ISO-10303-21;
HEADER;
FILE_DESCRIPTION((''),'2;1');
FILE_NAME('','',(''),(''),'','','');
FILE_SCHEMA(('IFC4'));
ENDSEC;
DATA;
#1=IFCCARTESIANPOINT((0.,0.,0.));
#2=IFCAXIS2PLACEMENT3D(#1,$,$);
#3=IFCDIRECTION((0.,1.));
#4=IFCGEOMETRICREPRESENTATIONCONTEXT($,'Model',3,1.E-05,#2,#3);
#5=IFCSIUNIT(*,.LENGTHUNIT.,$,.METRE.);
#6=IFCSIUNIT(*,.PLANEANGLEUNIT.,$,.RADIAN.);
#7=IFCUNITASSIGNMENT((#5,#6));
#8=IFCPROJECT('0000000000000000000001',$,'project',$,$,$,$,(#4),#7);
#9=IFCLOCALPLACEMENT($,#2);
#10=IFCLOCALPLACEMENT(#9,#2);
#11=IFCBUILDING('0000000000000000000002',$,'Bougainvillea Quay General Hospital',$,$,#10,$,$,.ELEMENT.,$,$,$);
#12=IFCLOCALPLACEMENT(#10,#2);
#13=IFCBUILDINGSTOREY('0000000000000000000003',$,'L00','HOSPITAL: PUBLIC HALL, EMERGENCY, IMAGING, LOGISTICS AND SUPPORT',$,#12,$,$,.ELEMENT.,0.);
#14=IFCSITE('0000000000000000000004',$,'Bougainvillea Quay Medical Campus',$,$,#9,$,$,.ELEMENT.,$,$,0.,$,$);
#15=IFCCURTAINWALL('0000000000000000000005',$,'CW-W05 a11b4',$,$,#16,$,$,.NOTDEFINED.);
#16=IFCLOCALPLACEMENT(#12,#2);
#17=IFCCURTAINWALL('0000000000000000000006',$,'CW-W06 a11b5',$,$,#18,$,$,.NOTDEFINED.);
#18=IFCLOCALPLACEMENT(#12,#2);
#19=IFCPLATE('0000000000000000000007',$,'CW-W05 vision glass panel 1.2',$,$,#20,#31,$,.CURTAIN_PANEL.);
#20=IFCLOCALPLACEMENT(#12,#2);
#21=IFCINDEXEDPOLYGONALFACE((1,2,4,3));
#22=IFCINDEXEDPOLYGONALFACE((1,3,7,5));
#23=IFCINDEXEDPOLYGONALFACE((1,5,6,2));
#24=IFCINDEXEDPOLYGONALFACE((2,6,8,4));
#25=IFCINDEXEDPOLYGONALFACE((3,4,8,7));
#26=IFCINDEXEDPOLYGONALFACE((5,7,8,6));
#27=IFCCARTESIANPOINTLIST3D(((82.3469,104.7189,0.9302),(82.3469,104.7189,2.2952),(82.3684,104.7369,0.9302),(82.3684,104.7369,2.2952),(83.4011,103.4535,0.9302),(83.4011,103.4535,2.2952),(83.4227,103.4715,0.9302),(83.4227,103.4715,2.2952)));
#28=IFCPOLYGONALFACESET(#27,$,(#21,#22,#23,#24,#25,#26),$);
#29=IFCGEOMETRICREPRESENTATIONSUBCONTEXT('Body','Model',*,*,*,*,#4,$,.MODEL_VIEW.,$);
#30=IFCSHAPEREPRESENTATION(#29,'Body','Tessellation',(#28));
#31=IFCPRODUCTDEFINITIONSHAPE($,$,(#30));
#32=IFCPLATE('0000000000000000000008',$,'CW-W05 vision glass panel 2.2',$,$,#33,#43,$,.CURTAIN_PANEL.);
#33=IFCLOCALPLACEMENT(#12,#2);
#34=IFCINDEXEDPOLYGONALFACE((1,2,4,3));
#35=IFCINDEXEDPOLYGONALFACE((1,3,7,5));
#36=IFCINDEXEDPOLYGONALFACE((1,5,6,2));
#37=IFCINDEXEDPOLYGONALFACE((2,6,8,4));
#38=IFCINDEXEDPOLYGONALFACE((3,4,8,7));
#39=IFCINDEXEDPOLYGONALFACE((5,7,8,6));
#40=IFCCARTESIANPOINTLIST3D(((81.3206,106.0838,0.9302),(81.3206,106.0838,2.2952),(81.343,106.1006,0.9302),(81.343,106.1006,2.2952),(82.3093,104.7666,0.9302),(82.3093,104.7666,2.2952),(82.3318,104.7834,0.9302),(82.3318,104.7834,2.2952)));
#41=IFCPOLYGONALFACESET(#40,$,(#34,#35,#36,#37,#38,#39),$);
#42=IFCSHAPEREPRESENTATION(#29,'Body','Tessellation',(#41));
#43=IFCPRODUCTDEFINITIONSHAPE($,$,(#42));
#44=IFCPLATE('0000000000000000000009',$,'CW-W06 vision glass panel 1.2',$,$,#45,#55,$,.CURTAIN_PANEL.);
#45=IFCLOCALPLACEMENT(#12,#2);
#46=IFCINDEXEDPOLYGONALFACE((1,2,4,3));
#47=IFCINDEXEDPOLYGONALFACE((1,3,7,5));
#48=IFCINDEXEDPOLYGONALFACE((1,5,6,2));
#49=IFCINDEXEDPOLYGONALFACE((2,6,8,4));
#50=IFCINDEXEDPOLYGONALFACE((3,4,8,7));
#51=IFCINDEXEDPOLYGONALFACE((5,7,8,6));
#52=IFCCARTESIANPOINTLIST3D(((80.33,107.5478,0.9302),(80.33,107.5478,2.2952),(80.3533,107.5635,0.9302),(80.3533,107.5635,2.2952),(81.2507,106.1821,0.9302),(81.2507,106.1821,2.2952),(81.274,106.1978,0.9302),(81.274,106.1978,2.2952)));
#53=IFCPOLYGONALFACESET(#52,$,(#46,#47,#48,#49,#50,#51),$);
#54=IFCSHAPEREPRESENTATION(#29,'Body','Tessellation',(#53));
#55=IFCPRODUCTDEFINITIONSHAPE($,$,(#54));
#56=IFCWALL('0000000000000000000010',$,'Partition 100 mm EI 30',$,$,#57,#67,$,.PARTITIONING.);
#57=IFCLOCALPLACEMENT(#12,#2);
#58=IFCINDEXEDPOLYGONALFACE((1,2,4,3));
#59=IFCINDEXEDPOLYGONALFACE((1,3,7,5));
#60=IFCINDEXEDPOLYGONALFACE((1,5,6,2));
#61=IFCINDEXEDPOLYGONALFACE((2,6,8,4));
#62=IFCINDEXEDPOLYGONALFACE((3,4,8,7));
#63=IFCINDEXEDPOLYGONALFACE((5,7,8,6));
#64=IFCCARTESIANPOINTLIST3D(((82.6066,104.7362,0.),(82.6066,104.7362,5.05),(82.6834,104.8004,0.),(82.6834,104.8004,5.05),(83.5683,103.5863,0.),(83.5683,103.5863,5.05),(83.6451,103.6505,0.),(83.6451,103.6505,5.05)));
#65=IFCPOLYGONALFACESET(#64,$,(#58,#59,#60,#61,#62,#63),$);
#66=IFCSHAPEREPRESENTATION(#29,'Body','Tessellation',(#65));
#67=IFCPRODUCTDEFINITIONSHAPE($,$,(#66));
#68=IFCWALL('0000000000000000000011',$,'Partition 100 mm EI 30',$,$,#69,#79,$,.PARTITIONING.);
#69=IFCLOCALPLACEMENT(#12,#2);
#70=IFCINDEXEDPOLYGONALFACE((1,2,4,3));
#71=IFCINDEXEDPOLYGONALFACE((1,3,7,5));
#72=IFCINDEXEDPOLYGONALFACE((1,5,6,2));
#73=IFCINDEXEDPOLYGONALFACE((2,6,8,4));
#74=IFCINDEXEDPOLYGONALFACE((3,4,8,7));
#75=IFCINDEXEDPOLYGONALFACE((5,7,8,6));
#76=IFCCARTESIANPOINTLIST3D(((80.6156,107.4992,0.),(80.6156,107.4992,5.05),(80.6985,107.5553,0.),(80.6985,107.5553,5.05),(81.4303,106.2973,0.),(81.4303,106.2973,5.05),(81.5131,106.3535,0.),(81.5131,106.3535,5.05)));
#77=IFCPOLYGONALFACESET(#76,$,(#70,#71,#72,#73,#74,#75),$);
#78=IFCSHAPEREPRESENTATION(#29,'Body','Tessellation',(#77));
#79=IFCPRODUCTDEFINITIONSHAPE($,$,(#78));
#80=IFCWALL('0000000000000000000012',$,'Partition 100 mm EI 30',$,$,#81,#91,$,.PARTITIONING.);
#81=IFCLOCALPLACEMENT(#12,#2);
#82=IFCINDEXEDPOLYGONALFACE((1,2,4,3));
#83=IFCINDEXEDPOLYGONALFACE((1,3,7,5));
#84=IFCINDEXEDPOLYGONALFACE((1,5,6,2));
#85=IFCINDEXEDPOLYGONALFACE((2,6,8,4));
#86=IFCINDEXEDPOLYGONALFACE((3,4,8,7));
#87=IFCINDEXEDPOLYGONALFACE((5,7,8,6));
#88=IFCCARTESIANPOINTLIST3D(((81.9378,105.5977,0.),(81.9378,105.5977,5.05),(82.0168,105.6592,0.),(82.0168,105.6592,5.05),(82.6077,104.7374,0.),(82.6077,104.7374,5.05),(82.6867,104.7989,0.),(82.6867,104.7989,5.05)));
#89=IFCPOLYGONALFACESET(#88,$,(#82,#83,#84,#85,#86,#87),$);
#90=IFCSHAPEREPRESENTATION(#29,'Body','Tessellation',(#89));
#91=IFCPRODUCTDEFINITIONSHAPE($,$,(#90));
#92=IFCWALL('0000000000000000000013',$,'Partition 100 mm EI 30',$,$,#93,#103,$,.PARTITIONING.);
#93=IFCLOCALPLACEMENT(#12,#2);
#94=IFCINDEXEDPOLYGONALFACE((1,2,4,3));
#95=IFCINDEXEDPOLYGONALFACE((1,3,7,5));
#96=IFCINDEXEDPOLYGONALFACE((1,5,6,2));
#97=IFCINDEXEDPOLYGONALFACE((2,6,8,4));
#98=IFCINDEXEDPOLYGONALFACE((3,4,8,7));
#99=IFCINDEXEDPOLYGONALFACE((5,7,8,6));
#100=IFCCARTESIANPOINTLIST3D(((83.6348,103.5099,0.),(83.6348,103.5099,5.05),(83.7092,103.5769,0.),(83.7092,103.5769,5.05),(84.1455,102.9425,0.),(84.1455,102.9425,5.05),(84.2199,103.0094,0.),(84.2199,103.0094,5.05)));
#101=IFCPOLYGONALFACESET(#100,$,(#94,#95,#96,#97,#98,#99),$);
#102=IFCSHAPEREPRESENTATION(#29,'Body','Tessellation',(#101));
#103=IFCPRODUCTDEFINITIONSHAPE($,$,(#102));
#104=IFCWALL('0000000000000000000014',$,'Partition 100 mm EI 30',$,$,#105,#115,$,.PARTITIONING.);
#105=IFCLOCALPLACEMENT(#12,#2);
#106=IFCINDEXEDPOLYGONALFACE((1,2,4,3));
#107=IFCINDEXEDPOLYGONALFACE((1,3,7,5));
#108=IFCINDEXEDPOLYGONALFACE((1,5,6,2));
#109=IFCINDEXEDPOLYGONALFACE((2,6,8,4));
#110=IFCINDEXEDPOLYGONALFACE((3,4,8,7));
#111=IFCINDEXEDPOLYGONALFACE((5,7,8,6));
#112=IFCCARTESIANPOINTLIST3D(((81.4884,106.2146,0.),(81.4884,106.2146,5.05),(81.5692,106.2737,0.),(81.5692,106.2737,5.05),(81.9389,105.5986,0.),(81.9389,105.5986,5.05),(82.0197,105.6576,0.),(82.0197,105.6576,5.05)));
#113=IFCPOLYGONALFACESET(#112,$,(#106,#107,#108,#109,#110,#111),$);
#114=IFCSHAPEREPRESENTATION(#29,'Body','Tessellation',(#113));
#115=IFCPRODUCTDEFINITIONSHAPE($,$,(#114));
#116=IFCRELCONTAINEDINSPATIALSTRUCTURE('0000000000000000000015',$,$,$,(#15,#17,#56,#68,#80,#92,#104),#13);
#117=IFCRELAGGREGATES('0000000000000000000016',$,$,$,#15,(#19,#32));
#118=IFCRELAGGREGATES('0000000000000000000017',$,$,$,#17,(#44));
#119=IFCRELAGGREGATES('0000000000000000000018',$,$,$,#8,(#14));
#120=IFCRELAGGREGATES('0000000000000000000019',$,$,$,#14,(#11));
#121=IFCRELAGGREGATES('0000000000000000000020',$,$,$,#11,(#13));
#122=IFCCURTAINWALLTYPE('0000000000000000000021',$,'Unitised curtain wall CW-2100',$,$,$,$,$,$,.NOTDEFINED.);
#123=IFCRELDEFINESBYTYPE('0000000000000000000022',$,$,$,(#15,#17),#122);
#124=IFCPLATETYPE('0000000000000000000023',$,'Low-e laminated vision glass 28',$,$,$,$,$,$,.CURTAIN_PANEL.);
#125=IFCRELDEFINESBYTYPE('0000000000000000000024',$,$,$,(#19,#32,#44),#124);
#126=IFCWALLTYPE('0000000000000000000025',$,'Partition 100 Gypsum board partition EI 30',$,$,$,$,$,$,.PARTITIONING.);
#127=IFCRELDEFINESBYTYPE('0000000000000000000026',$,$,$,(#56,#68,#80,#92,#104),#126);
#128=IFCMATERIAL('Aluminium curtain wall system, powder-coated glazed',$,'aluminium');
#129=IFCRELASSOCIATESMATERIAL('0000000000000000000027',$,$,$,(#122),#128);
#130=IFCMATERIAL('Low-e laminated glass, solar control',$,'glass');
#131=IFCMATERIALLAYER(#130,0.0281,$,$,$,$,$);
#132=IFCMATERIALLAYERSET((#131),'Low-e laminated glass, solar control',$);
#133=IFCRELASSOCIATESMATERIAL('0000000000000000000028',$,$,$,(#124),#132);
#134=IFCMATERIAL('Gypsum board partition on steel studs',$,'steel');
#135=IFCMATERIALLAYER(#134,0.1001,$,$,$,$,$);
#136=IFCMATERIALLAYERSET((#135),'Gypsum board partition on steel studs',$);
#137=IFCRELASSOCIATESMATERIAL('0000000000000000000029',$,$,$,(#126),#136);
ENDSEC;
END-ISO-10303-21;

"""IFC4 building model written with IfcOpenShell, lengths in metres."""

from ifc_helpers import new_model, si_unit, direction, frame, frame_2d, origin, origin_2d, place, context, subcontext, project, spatial, rectangle, extrude, material, layer, layer_set, type_object, element, aggregate, save


model = new_model("IFC4")

# Units and contexts
model_context = context("Model", 3, precision=1e-05, world=origin(), true_north=direction((0.0, 1.0)))
body_context = subcontext(model_context, "Body", "Model", "MODEL_VIEW")
ifc_project = project(units=[si_unit("LENGTHUNIT", "METRE"), si_unit("PLANEANGLEUNIT", "RADIAN")], contexts=[model_context])

# Site, building, storey
site_placement = place(None, origin())
site = spatial("IfcSite", under=ifc_project, at=site_placement, Name="Bougainvillea Quay Medical Campus", CompositionType="ELEMENT", RefElevation=0.0)
building_placement = place(site_placement, origin())
building = spatial("IfcBuilding", under=site, at=building_placement, Name="Bougainvillea Quay General Hospital", CompositionType="ELEMENT")
storey_placement = place(building_placement, origin())
storey = spatial("IfcBuildingStorey", under=building, at=storey_placement, Name="L00", Description="HOSPITAL: PUBLIC HALL, EMERGENCY, IMAGING, LOGISTICS AND SUPPORT", CompositionType="ELEMENT", Elevation=0.0)

# Curtain walls
ifc_material_1 = material(Name="Aluminium curtain wall system, powder-coated glazed", Category="aluminium")
curtain_wall_type = type_object("IfcCurtainWallType", Name="Unitised curtain wall CW-2100", PredefinedType="NOTDEFINED", material=ifc_material_1)
curtain_wall_1_placement = place(storey_placement, origin())
curtain_wall_1 = element("IfcCurtainWall", 1, at=curtain_wall_1_placement, inside=storey, type_object=curtain_wall_type, Name="CW-W05 a11b4", PredefinedType="NOTDEFINED")
curtain_wall_2_placement = place(storey_placement, origin())
curtain_wall_2 = element("IfcCurtainWall", 2, at=curtain_wall_2_placement, inside=storey, type_object=curtain_wall_type, Name="CW-W06 a11b5", PredefinedType="NOTDEFINED")

# Plates
ifc_material_2 = material(Name="Low-e laminated glass, solar control", Category="glass")
ifc_layer_1 = layer(ifc_material_2, 0.0281)
ifc_layer_set_1 = layer_set([ifc_layer_1], Name="Low-e laminated glass, solar control")
plate_type_1 = type_object("IfcPlateType", Name="Low-e laminated vision glass 28", PredefinedType="CURTAIN_PANEL", material=ifc_layer_set_1)
plate_1_placement = place(storey_placement, frame((82.8848, 104.0952, 0.9302), z_axis=(0.0, 0.0, 1.0), x_axis=(-0.640096, 0.768295, 0.0)))
plate_1 = element("IfcPlate", 3, at=plate_1_placement, type_object=plate_type_1, Name="CW-W05 vision glass panel 1.2", PredefinedType="CURTAIN_PANEL", context=body_context, shape_type="SweptSolid", body=[
    extrude(rectangle(XDim=1.647, YDim=0.0281, at=origin_2d()), origin(), (0.0, 0.0, 1.0), 1.365),
])
plate_2_placement = place(storey_placement, frame((81.8262, 105.4336, 0.9302), z_axis=(0.0, 0.0, 1.0), x_axis=(-0.600323, 0.799758, 0.0)))
plate_2 = element("IfcPlate", 4, at=plate_2_placement, type_object=plate_type_1, Name="CW-W05 vision glass panel 2.2", PredefinedType="CURTAIN_PANEL", context=body_context, shape_type="SweptSolid", body=[
    extrude(rectangle(XDim=1.647, YDim=0.0281, at=origin_2d()), origin(), (0.0, 0.0, 1.0), 1.365),
])
aggregate(curtain_wall_1, [plate_1, plate_2])
plate_3_placement = place(storey_placement, frame((80.802, 106.8728, 0.9302), z_axis=(0.0, 0.0, 1.0), x_axis=(-0.559005, 0.829164, 0.0)))
plate_3 = element("IfcPlate", 5, at=plate_3_placement, type_object=plate_type_1, Name="CW-W06 vision glass panel 1.2", PredefinedType="CURTAIN_PANEL", context=body_context, shape_type="SweptSolid", body=[
    extrude(rectangle(XDim=1.647, YDim=0.0281, at=origin_2d()), origin(), (0.0, 0.0, 1.0), 1.365),
])
aggregate(curtain_wall_2, [plate_3])

# Walls
ifc_material_3 = material(Name="Gypsum board partition on steel studs", Category="steel")
ifc_layer_2 = layer(ifc_material_3, 0.1001)
ifc_layer_set_2 = layer_set([ifc_layer_2], Name="Gypsum board partition on steel studs")
wall_type = type_object("IfcWallType", Name="Partition 100 Gypsum board partition EI 30", PredefinedType="PARTITIONING", material=ifc_layer_set_2)
wall_1_placement = place(storey_placement, frame((82.645, 104.7683, 0.0), z_axis=(0.0, 0.0, 1.0), x_axis=(0.641529, -0.767099, 0.0)))
element("IfcWall", 6, at=wall_1_placement, inside=storey, type_object=wall_type, Name="Partition 100 mm EI 30", PredefinedType="PARTITIONING", context=body_context, shape_type="SweptSolid", body=[
    extrude(rectangle(XDim=1.499, YDim=0.1001, at=frame_2d((0.7495, 0.0))), origin(), (0.0, 0.0, 1.0), 5.05),
])
wall_2_placement = place(storey_placement, frame((80.657, 107.5273, 0.0), z_axis=(0.0, 0.0, 1.0), x_axis=(0.561086, -0.827757, 0.0)))
element("IfcWall", 7, at=wall_2_placement, inside=storey, type_object=wall_type, Name="Partition 100 mm EI 30", PredefinedType="PARTITIONING", context=body_context, shape_type="SweptSolid", body=[
    extrude(rectangle(XDim=1.4519, YDim=0.1001, at=frame_2d((0.7261, 0.0))), origin(), (0.0, 0.0, 1.0), 5.05),
])
wall_3_placement = place(storey_placement, frame((81.9773, 105.6284, 0.0), z_axis=(0.0, 0.0, 1.0), x_axis=(0.614375, -0.789015, 0.0)))
element("IfcWall", 8, at=wall_3_placement, inside=storey, type_object=wall_type, Name="Partition 100 mm EI 30", PredefinedType="PARTITIONING", context=body_context, shape_type="SweptSolid", body=[
    extrude(rectangle(XDim=1.0903, YDim=0.1001, at=frame_2d((0.5452, 0.0))), origin(), (0.0, 0.0, 1.0), 5.05),
])
wall_4_placement = place(storey_placement, frame((83.6719, 103.5435, 0.0), z_axis=(0.0, 0.0, 1.0), x_axis=(0.669035, -0.743231, 0.0)))
element("IfcWall", 9, at=wall_4_placement, inside=storey, type_object=wall_type, Name="Partition 100 mm EI 30", PredefinedType="PARTITIONING", context=body_context, shape_type="SweptSolid", body=[
    extrude(rectangle(XDim=0.7634, YDim=0.1001, at=frame_2d((0.3818, 0.0))), origin(), (0.0, 0.0, 1.0), 5.05),
])
wall_5_placement = place(storey_placement, frame((81.5288, 106.2441, 0.0), z_axis=(0.0, 0.0, 1.0), x_axis=(0.590281, -0.807198, 0.0)))
element("IfcWall", 10, at=wall_5_placement, inside=storey, type_object=wall_type, Name="Partition 100 mm EI 30", PredefinedType="PARTITIONING", context=body_context, shape_type="SweptSolid", body=[
    extrude(rectangle(XDim=0.7632, YDim=0.1001, at=frame_2d((0.3816, 0.0))), origin(), (0.0, 0.0, 1.0), 5.05),
])

save(model, "model.ifc")
